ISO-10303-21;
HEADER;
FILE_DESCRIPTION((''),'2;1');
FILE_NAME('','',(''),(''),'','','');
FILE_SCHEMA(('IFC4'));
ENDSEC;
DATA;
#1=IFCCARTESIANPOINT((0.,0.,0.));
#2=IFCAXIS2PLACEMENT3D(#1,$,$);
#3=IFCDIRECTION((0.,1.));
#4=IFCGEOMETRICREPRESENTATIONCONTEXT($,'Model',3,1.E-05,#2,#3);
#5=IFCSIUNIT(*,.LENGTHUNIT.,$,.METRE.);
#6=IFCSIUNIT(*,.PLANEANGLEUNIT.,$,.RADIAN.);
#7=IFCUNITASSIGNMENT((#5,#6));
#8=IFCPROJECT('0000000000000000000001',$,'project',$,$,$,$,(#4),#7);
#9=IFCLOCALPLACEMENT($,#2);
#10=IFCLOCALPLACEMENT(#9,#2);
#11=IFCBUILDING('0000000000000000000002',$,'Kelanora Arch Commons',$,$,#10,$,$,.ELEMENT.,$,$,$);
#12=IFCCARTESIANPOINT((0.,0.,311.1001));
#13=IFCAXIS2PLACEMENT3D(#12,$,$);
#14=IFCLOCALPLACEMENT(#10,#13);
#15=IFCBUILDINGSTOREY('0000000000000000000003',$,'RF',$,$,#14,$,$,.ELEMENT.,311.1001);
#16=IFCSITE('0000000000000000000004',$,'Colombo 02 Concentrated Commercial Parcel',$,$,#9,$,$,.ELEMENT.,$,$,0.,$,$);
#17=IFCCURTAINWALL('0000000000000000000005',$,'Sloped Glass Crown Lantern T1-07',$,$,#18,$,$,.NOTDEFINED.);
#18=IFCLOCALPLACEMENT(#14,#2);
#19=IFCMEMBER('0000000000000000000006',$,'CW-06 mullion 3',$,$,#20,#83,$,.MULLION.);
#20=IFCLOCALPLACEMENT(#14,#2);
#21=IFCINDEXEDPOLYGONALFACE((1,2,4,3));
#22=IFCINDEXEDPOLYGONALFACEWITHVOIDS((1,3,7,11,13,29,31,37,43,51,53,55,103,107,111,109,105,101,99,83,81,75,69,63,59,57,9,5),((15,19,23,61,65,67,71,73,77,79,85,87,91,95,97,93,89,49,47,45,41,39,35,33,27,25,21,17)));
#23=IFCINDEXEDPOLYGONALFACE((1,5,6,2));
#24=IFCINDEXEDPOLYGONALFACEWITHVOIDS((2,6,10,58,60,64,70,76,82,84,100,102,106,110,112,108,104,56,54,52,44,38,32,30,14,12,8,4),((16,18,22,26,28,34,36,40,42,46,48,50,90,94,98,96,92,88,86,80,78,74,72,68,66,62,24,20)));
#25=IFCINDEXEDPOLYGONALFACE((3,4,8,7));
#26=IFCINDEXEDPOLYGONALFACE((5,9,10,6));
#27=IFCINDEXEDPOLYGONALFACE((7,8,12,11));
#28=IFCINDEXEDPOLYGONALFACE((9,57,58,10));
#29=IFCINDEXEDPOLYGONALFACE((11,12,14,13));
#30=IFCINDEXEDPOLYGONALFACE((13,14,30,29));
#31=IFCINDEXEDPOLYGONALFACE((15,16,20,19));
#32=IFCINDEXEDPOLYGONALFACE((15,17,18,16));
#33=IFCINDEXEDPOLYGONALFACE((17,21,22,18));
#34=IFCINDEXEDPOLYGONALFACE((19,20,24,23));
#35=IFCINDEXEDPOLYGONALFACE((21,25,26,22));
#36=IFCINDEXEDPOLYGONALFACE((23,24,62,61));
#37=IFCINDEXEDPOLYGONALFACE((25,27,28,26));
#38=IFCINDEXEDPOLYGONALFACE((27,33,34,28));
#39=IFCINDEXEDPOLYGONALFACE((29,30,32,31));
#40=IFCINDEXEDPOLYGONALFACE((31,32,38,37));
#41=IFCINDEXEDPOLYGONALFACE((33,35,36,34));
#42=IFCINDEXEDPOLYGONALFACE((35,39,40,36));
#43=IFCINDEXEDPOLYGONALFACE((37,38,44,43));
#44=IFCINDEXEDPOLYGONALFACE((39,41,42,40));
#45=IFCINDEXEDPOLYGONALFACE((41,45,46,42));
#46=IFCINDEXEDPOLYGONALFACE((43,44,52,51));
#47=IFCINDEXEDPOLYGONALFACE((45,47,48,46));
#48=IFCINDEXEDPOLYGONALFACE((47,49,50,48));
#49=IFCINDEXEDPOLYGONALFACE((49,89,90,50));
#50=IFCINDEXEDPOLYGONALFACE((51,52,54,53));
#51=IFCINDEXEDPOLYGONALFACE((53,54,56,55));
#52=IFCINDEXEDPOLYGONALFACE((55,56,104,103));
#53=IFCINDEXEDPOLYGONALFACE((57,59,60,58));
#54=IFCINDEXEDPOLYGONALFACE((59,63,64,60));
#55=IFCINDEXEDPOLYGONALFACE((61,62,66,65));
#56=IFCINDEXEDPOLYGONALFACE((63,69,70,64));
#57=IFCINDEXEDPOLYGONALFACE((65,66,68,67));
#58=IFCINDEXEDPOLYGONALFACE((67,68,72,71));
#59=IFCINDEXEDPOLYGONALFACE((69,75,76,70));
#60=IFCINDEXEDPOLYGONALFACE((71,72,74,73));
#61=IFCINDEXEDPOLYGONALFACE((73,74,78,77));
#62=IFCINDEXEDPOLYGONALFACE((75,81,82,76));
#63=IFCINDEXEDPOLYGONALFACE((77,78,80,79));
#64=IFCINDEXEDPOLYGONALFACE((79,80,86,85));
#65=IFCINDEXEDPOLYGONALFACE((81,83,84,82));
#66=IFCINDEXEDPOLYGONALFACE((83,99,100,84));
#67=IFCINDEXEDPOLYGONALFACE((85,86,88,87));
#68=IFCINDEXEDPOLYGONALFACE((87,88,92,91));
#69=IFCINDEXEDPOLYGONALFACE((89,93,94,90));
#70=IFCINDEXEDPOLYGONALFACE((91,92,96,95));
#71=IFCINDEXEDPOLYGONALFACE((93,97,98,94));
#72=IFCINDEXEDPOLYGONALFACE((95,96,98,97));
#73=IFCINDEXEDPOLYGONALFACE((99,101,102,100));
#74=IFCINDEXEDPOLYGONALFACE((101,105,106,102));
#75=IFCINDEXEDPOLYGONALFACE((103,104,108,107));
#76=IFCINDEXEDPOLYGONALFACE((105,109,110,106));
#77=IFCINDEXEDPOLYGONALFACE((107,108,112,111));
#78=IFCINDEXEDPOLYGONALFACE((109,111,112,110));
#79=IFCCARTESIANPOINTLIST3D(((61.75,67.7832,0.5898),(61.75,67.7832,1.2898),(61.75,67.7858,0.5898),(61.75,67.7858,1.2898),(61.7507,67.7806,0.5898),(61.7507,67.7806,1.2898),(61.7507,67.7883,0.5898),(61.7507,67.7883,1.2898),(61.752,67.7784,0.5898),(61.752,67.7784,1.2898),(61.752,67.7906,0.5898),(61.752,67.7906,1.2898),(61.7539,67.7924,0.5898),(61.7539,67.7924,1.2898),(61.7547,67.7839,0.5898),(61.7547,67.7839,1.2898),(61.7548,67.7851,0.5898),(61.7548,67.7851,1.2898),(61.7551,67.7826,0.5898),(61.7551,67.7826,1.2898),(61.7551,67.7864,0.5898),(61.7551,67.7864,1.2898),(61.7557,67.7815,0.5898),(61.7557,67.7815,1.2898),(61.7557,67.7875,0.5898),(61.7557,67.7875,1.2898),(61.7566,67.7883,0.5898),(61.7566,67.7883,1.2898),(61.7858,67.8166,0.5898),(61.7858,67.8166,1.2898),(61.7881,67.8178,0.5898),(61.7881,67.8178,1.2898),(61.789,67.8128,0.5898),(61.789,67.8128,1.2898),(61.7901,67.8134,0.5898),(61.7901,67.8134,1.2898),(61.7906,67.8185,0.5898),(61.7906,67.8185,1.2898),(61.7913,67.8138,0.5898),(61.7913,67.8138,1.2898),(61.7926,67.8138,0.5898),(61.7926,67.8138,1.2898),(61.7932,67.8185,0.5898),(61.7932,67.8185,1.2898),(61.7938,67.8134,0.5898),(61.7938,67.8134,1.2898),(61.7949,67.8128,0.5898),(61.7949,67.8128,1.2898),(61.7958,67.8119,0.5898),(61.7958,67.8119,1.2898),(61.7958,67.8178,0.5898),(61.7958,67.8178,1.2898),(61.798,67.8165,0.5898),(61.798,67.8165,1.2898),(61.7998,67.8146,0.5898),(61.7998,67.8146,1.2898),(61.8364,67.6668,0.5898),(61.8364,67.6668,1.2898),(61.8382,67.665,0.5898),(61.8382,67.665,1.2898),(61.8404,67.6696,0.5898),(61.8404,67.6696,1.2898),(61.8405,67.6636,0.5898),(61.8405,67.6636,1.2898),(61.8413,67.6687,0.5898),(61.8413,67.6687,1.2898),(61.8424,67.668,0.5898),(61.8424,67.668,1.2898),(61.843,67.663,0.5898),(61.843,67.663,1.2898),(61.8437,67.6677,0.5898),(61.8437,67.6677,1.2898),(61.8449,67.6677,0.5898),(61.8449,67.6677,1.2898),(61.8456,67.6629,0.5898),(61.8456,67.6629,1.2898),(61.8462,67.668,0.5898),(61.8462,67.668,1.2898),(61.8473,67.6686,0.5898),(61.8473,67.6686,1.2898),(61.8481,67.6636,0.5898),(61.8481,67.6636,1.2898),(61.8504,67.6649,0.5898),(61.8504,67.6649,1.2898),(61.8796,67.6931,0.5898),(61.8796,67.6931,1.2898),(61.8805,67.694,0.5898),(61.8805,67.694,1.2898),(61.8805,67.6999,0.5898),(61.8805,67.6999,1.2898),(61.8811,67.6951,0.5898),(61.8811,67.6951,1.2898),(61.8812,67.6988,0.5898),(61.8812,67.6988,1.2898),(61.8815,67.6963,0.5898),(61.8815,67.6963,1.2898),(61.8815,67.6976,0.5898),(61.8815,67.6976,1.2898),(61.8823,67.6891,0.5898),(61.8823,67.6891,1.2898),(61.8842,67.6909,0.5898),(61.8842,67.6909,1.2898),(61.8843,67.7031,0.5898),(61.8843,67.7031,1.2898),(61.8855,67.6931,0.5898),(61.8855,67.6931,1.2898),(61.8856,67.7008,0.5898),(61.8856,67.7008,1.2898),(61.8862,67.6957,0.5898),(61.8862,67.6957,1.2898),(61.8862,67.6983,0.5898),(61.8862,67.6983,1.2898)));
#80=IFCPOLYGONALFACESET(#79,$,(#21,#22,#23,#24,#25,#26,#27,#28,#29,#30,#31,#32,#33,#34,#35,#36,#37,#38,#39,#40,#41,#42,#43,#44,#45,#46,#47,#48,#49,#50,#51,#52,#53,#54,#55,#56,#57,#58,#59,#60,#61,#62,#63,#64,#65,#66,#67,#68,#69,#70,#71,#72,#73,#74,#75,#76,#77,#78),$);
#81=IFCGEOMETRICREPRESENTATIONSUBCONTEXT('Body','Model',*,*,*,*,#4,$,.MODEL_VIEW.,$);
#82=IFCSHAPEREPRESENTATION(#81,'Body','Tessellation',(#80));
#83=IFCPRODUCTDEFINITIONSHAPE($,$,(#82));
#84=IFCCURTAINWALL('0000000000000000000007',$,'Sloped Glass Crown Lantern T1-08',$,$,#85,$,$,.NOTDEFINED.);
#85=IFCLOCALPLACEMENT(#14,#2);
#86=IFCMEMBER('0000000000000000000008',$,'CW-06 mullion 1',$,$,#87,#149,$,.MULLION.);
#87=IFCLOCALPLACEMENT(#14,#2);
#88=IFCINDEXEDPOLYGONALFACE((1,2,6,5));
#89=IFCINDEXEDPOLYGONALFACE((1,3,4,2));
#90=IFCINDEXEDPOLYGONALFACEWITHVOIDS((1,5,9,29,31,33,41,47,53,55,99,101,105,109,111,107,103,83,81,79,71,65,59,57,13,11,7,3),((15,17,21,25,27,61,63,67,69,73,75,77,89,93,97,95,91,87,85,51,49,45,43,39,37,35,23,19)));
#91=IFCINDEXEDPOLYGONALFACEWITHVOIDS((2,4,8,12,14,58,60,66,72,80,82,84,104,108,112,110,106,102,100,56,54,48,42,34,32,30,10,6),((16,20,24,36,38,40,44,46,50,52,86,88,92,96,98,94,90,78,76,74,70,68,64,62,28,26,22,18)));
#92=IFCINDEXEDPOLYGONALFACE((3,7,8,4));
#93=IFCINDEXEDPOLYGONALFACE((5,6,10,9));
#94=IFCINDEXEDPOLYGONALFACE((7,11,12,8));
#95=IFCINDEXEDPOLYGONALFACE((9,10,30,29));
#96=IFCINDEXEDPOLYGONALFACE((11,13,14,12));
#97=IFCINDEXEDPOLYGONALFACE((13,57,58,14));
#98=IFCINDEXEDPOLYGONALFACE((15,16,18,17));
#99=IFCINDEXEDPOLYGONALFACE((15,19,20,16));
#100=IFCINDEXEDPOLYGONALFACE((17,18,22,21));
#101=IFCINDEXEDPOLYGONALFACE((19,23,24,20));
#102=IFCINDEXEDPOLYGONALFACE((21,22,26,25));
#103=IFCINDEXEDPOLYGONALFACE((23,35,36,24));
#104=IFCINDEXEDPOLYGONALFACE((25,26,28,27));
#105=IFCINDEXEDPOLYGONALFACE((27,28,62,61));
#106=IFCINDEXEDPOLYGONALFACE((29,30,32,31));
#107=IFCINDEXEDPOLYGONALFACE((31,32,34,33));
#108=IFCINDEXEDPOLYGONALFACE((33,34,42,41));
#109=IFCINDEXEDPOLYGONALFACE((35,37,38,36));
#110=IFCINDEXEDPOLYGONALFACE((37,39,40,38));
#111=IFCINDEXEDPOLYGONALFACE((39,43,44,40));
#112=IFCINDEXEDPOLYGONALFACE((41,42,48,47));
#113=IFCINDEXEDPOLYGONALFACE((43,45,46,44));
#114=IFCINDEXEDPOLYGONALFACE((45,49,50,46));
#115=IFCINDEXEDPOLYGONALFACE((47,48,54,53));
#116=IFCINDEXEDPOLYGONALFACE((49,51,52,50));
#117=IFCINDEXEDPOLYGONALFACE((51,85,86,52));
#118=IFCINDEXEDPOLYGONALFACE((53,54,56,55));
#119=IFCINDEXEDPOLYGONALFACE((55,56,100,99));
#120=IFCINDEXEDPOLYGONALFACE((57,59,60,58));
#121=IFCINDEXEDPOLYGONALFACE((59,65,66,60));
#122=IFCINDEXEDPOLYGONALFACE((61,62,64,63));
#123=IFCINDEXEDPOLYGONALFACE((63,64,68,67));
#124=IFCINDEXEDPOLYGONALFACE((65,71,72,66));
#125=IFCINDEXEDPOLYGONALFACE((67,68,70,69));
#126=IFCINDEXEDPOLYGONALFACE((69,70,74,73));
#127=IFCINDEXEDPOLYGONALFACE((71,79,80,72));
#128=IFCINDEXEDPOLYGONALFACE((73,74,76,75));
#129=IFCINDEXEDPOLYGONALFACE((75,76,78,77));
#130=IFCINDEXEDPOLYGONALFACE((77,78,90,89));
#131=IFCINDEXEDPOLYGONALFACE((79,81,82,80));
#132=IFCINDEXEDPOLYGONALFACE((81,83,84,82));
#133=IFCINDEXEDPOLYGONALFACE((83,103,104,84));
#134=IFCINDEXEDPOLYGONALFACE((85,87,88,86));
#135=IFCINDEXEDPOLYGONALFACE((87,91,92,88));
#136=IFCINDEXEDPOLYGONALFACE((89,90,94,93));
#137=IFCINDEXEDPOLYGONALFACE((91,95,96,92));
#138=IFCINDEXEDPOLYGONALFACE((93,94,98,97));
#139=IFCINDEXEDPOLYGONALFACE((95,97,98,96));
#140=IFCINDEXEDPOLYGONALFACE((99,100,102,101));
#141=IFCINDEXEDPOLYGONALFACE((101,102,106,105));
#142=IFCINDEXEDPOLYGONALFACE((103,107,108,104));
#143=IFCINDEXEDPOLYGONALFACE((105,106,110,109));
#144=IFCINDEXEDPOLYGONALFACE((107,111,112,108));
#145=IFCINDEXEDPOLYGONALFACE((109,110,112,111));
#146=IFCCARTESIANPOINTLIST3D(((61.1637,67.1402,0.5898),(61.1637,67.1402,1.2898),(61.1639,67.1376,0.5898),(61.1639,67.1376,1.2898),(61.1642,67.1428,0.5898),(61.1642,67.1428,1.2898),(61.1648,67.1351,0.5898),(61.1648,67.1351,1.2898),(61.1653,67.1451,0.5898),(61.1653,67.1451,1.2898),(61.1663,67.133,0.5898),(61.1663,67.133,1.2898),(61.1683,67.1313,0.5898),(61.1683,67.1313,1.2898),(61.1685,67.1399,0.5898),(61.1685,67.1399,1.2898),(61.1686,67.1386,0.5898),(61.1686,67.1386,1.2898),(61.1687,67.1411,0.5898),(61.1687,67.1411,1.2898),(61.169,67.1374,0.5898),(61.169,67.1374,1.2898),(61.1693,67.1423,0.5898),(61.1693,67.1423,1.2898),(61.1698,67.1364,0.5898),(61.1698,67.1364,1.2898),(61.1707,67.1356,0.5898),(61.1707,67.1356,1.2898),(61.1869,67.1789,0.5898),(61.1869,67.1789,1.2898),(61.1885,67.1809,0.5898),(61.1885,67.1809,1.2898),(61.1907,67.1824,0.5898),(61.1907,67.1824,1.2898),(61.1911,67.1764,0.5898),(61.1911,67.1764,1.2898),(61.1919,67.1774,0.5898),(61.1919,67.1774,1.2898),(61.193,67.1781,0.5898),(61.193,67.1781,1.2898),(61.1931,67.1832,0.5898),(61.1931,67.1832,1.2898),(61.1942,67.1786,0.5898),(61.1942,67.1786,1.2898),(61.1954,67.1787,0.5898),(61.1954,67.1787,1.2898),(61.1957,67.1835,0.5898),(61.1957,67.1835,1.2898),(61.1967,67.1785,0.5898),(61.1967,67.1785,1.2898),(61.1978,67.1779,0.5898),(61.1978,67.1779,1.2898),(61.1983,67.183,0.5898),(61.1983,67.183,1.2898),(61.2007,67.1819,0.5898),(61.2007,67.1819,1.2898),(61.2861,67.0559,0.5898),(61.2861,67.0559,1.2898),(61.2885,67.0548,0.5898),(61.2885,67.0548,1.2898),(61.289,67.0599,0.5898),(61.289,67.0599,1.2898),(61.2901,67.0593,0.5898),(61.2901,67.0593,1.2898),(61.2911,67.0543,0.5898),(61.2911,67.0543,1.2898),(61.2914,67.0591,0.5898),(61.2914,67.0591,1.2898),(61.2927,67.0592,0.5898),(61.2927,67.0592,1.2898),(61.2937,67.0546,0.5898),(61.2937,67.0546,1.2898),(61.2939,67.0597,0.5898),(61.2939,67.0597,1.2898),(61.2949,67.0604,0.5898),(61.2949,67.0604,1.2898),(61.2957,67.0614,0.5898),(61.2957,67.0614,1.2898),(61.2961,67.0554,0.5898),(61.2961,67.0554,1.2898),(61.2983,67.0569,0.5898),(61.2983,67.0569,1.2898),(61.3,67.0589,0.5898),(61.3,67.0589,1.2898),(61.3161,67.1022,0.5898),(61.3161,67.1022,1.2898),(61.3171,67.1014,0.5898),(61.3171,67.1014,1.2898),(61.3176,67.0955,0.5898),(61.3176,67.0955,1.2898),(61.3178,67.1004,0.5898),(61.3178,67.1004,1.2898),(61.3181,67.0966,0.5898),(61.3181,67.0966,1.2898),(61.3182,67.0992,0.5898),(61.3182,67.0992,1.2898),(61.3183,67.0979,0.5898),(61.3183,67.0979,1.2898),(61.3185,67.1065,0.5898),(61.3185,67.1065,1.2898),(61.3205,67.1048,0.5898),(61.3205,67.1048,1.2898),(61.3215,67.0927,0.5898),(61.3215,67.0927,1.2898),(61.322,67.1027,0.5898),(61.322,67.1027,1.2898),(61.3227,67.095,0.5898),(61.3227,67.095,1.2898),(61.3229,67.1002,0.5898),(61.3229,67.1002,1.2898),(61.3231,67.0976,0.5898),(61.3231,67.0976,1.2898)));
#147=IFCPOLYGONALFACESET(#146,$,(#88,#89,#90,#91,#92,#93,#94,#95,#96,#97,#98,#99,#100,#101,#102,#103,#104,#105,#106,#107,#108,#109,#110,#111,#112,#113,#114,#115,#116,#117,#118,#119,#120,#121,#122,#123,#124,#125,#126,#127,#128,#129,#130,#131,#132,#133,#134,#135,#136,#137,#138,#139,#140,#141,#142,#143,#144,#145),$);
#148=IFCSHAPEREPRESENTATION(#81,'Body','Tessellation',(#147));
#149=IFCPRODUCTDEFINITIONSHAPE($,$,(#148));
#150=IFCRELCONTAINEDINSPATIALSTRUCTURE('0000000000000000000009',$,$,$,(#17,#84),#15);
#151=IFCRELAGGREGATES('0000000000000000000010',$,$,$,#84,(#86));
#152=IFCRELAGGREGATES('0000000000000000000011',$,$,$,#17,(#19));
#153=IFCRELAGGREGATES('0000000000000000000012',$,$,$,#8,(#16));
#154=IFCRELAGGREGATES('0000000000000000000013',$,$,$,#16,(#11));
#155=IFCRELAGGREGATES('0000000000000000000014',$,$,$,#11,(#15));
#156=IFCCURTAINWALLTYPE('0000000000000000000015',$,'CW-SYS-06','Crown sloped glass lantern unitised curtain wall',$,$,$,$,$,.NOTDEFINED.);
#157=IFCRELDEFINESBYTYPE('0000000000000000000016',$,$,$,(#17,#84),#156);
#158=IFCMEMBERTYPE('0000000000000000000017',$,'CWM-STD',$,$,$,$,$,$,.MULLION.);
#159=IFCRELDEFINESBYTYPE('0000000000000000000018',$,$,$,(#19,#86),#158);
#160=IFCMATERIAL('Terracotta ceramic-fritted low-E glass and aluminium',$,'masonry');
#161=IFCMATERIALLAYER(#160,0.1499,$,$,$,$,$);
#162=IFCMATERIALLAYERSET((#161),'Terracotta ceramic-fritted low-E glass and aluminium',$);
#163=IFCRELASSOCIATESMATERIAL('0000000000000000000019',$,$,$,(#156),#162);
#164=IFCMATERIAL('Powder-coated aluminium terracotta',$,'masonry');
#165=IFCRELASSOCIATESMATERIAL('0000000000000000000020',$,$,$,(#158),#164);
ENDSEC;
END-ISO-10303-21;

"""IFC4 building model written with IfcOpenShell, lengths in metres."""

from ifc_helpers import new_model, si_unit, direction, frame, origin, origin_2d, place, context, subcontext, project, spatial, hollow_rectangle, extrude, material, layer, layer_set, material_profile, profile_set, type_object, element, aggregate, save


model = new_model("IFC4")

# Units and contexts
model_context = context("Model", 3, precision=1e-05, world=origin(), true_north=direction((0.0, 1.0)))
body_context = subcontext(model_context, "Body", "Model", "MODEL_VIEW")
ifc_project = project(units=[si_unit("LENGTHUNIT", "METRE"), si_unit("PLANEANGLEUNIT", "RADIAN")], contexts=[model_context])

# Site, building, storey
site_placement = place(None, origin())
site = spatial("IfcSite", under=ifc_project, at=site_placement, Name="Colombo 02 Concentrated Commercial Parcel", CompositionType="ELEMENT", RefElevation=0.0)
building_placement = place(site_placement, origin())
building = spatial("IfcBuilding", under=site, at=building_placement, Name="Kelanora Arch Commons", CompositionType="ELEMENT")
storey_placement = place(building_placement, frame((0.0, 0.0, 311.1001)))
storey = spatial("IfcBuildingStorey", under=building, at=storey_placement, Name="RF", CompositionType="ELEMENT", Elevation=311.1001)

# Curtain walls, members
ifc_material_1 = material(Name="Terracotta ceramic-fritted low-E glass and aluminium", Category="masonry")
ifc_layer_1 = layer(ifc_material_1, 0.1499)
ifc_layer_set_1 = layer_set([ifc_layer_1], Name="Terracotta ceramic-fritted low-E glass and aluminium")
curtain_wall_type = type_object("IfcCurtainWallType", Name="CW-SYS-06", Description="Crown sloped glass lantern unitised curtain wall", PredefinedType="NOTDEFINED", material=ifc_layer_set_1)
curtain_wall_1_placement = place(storey_placement, origin())
curtain_wall_1 = element("IfcCurtainWall", 1, at=curtain_wall_1_placement, inside=storey, type_object=curtain_wall_type, Name="Sloped Glass Crown Lantern T1-07", PredefinedType="NOTDEFINED")
ifc_material_2 = material(Name="Powder-coated aluminium terracotta", Category="masonry")
ifc_material_profile_1 = material_profile(ifc_material_2, hollow_rectangle(XDim=0.1599, YDim=0.0601, WallThickness=0.0049, InnerFilletRadius=0.0049, OuterFilletRadius=0.01, at=origin_2d()), Name="CWM160x60")
ifc_profile_set_1 = profile_set([ifc_material_profile_1], Name="Powder-coated aluminium terracotta")
member_type_1 = type_object("IfcMemberType", Name="CWM-STD", PredefinedType="MULLION", material=ifc_profile_set_1)
member_1_placement = place(storey_placement, frame((61.8181, 67.7407, 0.5898), z_axis=(0.0, 0.0, 1.0), x_axis=(0.603568, -0.797311, 0.0)))
member_1 = element("IfcMember", 2, at=member_1_placement, type_object=member_type_1, Name="CW-06 mullion 3", PredefinedType="MULLION", context=body_context, shape_type="SweptSolid", body=[
    extrude(hollow_rectangle(XDim=0.1599, YDim=0.0601, WallThickness=0.0049, InnerFilletRadius=0.0049, OuterFilletRadius=0.01, at=origin_2d()), origin(), (0.0, 0.0, 1.0), 0.7),
])
curtain_wall_2_placement = place(storey_placement, origin())
curtain_wall_2 = element("IfcCurtainWall", 3, at=curtain_wall_2_placement, inside=storey, type_object=curtain_wall_type, Name="Sloped Glass Crown Lantern T1-08", PredefinedType="NOTDEFINED")
member_2_placement = place(storey_placement, frame((61.2434, 67.1189, 0.5898), z_axis=(0.0, 0.0, 1.0), x_axis=(0.842271, -0.539054, 0.0)))
member_2 = element("IfcMember", 4, at=member_2_placement, type_object=member_type_1, Name="CW-06 mullion 1", PredefinedType="MULLION", context=body_context, shape_type="SweptSolid", body=[
    extrude(hollow_rectangle(XDim=0.1599, YDim=0.0601, WallThickness=0.0049, InnerFilletRadius=0.0049, OuterFilletRadius=0.01, at=origin_2d()), origin(), (0.0, 0.0, 1.0), 0.7),
])

aggregate(curtain_wall_2, [member_2])
aggregate(curtain_wall_1, [member_1])

save(model, "model.ifc")
